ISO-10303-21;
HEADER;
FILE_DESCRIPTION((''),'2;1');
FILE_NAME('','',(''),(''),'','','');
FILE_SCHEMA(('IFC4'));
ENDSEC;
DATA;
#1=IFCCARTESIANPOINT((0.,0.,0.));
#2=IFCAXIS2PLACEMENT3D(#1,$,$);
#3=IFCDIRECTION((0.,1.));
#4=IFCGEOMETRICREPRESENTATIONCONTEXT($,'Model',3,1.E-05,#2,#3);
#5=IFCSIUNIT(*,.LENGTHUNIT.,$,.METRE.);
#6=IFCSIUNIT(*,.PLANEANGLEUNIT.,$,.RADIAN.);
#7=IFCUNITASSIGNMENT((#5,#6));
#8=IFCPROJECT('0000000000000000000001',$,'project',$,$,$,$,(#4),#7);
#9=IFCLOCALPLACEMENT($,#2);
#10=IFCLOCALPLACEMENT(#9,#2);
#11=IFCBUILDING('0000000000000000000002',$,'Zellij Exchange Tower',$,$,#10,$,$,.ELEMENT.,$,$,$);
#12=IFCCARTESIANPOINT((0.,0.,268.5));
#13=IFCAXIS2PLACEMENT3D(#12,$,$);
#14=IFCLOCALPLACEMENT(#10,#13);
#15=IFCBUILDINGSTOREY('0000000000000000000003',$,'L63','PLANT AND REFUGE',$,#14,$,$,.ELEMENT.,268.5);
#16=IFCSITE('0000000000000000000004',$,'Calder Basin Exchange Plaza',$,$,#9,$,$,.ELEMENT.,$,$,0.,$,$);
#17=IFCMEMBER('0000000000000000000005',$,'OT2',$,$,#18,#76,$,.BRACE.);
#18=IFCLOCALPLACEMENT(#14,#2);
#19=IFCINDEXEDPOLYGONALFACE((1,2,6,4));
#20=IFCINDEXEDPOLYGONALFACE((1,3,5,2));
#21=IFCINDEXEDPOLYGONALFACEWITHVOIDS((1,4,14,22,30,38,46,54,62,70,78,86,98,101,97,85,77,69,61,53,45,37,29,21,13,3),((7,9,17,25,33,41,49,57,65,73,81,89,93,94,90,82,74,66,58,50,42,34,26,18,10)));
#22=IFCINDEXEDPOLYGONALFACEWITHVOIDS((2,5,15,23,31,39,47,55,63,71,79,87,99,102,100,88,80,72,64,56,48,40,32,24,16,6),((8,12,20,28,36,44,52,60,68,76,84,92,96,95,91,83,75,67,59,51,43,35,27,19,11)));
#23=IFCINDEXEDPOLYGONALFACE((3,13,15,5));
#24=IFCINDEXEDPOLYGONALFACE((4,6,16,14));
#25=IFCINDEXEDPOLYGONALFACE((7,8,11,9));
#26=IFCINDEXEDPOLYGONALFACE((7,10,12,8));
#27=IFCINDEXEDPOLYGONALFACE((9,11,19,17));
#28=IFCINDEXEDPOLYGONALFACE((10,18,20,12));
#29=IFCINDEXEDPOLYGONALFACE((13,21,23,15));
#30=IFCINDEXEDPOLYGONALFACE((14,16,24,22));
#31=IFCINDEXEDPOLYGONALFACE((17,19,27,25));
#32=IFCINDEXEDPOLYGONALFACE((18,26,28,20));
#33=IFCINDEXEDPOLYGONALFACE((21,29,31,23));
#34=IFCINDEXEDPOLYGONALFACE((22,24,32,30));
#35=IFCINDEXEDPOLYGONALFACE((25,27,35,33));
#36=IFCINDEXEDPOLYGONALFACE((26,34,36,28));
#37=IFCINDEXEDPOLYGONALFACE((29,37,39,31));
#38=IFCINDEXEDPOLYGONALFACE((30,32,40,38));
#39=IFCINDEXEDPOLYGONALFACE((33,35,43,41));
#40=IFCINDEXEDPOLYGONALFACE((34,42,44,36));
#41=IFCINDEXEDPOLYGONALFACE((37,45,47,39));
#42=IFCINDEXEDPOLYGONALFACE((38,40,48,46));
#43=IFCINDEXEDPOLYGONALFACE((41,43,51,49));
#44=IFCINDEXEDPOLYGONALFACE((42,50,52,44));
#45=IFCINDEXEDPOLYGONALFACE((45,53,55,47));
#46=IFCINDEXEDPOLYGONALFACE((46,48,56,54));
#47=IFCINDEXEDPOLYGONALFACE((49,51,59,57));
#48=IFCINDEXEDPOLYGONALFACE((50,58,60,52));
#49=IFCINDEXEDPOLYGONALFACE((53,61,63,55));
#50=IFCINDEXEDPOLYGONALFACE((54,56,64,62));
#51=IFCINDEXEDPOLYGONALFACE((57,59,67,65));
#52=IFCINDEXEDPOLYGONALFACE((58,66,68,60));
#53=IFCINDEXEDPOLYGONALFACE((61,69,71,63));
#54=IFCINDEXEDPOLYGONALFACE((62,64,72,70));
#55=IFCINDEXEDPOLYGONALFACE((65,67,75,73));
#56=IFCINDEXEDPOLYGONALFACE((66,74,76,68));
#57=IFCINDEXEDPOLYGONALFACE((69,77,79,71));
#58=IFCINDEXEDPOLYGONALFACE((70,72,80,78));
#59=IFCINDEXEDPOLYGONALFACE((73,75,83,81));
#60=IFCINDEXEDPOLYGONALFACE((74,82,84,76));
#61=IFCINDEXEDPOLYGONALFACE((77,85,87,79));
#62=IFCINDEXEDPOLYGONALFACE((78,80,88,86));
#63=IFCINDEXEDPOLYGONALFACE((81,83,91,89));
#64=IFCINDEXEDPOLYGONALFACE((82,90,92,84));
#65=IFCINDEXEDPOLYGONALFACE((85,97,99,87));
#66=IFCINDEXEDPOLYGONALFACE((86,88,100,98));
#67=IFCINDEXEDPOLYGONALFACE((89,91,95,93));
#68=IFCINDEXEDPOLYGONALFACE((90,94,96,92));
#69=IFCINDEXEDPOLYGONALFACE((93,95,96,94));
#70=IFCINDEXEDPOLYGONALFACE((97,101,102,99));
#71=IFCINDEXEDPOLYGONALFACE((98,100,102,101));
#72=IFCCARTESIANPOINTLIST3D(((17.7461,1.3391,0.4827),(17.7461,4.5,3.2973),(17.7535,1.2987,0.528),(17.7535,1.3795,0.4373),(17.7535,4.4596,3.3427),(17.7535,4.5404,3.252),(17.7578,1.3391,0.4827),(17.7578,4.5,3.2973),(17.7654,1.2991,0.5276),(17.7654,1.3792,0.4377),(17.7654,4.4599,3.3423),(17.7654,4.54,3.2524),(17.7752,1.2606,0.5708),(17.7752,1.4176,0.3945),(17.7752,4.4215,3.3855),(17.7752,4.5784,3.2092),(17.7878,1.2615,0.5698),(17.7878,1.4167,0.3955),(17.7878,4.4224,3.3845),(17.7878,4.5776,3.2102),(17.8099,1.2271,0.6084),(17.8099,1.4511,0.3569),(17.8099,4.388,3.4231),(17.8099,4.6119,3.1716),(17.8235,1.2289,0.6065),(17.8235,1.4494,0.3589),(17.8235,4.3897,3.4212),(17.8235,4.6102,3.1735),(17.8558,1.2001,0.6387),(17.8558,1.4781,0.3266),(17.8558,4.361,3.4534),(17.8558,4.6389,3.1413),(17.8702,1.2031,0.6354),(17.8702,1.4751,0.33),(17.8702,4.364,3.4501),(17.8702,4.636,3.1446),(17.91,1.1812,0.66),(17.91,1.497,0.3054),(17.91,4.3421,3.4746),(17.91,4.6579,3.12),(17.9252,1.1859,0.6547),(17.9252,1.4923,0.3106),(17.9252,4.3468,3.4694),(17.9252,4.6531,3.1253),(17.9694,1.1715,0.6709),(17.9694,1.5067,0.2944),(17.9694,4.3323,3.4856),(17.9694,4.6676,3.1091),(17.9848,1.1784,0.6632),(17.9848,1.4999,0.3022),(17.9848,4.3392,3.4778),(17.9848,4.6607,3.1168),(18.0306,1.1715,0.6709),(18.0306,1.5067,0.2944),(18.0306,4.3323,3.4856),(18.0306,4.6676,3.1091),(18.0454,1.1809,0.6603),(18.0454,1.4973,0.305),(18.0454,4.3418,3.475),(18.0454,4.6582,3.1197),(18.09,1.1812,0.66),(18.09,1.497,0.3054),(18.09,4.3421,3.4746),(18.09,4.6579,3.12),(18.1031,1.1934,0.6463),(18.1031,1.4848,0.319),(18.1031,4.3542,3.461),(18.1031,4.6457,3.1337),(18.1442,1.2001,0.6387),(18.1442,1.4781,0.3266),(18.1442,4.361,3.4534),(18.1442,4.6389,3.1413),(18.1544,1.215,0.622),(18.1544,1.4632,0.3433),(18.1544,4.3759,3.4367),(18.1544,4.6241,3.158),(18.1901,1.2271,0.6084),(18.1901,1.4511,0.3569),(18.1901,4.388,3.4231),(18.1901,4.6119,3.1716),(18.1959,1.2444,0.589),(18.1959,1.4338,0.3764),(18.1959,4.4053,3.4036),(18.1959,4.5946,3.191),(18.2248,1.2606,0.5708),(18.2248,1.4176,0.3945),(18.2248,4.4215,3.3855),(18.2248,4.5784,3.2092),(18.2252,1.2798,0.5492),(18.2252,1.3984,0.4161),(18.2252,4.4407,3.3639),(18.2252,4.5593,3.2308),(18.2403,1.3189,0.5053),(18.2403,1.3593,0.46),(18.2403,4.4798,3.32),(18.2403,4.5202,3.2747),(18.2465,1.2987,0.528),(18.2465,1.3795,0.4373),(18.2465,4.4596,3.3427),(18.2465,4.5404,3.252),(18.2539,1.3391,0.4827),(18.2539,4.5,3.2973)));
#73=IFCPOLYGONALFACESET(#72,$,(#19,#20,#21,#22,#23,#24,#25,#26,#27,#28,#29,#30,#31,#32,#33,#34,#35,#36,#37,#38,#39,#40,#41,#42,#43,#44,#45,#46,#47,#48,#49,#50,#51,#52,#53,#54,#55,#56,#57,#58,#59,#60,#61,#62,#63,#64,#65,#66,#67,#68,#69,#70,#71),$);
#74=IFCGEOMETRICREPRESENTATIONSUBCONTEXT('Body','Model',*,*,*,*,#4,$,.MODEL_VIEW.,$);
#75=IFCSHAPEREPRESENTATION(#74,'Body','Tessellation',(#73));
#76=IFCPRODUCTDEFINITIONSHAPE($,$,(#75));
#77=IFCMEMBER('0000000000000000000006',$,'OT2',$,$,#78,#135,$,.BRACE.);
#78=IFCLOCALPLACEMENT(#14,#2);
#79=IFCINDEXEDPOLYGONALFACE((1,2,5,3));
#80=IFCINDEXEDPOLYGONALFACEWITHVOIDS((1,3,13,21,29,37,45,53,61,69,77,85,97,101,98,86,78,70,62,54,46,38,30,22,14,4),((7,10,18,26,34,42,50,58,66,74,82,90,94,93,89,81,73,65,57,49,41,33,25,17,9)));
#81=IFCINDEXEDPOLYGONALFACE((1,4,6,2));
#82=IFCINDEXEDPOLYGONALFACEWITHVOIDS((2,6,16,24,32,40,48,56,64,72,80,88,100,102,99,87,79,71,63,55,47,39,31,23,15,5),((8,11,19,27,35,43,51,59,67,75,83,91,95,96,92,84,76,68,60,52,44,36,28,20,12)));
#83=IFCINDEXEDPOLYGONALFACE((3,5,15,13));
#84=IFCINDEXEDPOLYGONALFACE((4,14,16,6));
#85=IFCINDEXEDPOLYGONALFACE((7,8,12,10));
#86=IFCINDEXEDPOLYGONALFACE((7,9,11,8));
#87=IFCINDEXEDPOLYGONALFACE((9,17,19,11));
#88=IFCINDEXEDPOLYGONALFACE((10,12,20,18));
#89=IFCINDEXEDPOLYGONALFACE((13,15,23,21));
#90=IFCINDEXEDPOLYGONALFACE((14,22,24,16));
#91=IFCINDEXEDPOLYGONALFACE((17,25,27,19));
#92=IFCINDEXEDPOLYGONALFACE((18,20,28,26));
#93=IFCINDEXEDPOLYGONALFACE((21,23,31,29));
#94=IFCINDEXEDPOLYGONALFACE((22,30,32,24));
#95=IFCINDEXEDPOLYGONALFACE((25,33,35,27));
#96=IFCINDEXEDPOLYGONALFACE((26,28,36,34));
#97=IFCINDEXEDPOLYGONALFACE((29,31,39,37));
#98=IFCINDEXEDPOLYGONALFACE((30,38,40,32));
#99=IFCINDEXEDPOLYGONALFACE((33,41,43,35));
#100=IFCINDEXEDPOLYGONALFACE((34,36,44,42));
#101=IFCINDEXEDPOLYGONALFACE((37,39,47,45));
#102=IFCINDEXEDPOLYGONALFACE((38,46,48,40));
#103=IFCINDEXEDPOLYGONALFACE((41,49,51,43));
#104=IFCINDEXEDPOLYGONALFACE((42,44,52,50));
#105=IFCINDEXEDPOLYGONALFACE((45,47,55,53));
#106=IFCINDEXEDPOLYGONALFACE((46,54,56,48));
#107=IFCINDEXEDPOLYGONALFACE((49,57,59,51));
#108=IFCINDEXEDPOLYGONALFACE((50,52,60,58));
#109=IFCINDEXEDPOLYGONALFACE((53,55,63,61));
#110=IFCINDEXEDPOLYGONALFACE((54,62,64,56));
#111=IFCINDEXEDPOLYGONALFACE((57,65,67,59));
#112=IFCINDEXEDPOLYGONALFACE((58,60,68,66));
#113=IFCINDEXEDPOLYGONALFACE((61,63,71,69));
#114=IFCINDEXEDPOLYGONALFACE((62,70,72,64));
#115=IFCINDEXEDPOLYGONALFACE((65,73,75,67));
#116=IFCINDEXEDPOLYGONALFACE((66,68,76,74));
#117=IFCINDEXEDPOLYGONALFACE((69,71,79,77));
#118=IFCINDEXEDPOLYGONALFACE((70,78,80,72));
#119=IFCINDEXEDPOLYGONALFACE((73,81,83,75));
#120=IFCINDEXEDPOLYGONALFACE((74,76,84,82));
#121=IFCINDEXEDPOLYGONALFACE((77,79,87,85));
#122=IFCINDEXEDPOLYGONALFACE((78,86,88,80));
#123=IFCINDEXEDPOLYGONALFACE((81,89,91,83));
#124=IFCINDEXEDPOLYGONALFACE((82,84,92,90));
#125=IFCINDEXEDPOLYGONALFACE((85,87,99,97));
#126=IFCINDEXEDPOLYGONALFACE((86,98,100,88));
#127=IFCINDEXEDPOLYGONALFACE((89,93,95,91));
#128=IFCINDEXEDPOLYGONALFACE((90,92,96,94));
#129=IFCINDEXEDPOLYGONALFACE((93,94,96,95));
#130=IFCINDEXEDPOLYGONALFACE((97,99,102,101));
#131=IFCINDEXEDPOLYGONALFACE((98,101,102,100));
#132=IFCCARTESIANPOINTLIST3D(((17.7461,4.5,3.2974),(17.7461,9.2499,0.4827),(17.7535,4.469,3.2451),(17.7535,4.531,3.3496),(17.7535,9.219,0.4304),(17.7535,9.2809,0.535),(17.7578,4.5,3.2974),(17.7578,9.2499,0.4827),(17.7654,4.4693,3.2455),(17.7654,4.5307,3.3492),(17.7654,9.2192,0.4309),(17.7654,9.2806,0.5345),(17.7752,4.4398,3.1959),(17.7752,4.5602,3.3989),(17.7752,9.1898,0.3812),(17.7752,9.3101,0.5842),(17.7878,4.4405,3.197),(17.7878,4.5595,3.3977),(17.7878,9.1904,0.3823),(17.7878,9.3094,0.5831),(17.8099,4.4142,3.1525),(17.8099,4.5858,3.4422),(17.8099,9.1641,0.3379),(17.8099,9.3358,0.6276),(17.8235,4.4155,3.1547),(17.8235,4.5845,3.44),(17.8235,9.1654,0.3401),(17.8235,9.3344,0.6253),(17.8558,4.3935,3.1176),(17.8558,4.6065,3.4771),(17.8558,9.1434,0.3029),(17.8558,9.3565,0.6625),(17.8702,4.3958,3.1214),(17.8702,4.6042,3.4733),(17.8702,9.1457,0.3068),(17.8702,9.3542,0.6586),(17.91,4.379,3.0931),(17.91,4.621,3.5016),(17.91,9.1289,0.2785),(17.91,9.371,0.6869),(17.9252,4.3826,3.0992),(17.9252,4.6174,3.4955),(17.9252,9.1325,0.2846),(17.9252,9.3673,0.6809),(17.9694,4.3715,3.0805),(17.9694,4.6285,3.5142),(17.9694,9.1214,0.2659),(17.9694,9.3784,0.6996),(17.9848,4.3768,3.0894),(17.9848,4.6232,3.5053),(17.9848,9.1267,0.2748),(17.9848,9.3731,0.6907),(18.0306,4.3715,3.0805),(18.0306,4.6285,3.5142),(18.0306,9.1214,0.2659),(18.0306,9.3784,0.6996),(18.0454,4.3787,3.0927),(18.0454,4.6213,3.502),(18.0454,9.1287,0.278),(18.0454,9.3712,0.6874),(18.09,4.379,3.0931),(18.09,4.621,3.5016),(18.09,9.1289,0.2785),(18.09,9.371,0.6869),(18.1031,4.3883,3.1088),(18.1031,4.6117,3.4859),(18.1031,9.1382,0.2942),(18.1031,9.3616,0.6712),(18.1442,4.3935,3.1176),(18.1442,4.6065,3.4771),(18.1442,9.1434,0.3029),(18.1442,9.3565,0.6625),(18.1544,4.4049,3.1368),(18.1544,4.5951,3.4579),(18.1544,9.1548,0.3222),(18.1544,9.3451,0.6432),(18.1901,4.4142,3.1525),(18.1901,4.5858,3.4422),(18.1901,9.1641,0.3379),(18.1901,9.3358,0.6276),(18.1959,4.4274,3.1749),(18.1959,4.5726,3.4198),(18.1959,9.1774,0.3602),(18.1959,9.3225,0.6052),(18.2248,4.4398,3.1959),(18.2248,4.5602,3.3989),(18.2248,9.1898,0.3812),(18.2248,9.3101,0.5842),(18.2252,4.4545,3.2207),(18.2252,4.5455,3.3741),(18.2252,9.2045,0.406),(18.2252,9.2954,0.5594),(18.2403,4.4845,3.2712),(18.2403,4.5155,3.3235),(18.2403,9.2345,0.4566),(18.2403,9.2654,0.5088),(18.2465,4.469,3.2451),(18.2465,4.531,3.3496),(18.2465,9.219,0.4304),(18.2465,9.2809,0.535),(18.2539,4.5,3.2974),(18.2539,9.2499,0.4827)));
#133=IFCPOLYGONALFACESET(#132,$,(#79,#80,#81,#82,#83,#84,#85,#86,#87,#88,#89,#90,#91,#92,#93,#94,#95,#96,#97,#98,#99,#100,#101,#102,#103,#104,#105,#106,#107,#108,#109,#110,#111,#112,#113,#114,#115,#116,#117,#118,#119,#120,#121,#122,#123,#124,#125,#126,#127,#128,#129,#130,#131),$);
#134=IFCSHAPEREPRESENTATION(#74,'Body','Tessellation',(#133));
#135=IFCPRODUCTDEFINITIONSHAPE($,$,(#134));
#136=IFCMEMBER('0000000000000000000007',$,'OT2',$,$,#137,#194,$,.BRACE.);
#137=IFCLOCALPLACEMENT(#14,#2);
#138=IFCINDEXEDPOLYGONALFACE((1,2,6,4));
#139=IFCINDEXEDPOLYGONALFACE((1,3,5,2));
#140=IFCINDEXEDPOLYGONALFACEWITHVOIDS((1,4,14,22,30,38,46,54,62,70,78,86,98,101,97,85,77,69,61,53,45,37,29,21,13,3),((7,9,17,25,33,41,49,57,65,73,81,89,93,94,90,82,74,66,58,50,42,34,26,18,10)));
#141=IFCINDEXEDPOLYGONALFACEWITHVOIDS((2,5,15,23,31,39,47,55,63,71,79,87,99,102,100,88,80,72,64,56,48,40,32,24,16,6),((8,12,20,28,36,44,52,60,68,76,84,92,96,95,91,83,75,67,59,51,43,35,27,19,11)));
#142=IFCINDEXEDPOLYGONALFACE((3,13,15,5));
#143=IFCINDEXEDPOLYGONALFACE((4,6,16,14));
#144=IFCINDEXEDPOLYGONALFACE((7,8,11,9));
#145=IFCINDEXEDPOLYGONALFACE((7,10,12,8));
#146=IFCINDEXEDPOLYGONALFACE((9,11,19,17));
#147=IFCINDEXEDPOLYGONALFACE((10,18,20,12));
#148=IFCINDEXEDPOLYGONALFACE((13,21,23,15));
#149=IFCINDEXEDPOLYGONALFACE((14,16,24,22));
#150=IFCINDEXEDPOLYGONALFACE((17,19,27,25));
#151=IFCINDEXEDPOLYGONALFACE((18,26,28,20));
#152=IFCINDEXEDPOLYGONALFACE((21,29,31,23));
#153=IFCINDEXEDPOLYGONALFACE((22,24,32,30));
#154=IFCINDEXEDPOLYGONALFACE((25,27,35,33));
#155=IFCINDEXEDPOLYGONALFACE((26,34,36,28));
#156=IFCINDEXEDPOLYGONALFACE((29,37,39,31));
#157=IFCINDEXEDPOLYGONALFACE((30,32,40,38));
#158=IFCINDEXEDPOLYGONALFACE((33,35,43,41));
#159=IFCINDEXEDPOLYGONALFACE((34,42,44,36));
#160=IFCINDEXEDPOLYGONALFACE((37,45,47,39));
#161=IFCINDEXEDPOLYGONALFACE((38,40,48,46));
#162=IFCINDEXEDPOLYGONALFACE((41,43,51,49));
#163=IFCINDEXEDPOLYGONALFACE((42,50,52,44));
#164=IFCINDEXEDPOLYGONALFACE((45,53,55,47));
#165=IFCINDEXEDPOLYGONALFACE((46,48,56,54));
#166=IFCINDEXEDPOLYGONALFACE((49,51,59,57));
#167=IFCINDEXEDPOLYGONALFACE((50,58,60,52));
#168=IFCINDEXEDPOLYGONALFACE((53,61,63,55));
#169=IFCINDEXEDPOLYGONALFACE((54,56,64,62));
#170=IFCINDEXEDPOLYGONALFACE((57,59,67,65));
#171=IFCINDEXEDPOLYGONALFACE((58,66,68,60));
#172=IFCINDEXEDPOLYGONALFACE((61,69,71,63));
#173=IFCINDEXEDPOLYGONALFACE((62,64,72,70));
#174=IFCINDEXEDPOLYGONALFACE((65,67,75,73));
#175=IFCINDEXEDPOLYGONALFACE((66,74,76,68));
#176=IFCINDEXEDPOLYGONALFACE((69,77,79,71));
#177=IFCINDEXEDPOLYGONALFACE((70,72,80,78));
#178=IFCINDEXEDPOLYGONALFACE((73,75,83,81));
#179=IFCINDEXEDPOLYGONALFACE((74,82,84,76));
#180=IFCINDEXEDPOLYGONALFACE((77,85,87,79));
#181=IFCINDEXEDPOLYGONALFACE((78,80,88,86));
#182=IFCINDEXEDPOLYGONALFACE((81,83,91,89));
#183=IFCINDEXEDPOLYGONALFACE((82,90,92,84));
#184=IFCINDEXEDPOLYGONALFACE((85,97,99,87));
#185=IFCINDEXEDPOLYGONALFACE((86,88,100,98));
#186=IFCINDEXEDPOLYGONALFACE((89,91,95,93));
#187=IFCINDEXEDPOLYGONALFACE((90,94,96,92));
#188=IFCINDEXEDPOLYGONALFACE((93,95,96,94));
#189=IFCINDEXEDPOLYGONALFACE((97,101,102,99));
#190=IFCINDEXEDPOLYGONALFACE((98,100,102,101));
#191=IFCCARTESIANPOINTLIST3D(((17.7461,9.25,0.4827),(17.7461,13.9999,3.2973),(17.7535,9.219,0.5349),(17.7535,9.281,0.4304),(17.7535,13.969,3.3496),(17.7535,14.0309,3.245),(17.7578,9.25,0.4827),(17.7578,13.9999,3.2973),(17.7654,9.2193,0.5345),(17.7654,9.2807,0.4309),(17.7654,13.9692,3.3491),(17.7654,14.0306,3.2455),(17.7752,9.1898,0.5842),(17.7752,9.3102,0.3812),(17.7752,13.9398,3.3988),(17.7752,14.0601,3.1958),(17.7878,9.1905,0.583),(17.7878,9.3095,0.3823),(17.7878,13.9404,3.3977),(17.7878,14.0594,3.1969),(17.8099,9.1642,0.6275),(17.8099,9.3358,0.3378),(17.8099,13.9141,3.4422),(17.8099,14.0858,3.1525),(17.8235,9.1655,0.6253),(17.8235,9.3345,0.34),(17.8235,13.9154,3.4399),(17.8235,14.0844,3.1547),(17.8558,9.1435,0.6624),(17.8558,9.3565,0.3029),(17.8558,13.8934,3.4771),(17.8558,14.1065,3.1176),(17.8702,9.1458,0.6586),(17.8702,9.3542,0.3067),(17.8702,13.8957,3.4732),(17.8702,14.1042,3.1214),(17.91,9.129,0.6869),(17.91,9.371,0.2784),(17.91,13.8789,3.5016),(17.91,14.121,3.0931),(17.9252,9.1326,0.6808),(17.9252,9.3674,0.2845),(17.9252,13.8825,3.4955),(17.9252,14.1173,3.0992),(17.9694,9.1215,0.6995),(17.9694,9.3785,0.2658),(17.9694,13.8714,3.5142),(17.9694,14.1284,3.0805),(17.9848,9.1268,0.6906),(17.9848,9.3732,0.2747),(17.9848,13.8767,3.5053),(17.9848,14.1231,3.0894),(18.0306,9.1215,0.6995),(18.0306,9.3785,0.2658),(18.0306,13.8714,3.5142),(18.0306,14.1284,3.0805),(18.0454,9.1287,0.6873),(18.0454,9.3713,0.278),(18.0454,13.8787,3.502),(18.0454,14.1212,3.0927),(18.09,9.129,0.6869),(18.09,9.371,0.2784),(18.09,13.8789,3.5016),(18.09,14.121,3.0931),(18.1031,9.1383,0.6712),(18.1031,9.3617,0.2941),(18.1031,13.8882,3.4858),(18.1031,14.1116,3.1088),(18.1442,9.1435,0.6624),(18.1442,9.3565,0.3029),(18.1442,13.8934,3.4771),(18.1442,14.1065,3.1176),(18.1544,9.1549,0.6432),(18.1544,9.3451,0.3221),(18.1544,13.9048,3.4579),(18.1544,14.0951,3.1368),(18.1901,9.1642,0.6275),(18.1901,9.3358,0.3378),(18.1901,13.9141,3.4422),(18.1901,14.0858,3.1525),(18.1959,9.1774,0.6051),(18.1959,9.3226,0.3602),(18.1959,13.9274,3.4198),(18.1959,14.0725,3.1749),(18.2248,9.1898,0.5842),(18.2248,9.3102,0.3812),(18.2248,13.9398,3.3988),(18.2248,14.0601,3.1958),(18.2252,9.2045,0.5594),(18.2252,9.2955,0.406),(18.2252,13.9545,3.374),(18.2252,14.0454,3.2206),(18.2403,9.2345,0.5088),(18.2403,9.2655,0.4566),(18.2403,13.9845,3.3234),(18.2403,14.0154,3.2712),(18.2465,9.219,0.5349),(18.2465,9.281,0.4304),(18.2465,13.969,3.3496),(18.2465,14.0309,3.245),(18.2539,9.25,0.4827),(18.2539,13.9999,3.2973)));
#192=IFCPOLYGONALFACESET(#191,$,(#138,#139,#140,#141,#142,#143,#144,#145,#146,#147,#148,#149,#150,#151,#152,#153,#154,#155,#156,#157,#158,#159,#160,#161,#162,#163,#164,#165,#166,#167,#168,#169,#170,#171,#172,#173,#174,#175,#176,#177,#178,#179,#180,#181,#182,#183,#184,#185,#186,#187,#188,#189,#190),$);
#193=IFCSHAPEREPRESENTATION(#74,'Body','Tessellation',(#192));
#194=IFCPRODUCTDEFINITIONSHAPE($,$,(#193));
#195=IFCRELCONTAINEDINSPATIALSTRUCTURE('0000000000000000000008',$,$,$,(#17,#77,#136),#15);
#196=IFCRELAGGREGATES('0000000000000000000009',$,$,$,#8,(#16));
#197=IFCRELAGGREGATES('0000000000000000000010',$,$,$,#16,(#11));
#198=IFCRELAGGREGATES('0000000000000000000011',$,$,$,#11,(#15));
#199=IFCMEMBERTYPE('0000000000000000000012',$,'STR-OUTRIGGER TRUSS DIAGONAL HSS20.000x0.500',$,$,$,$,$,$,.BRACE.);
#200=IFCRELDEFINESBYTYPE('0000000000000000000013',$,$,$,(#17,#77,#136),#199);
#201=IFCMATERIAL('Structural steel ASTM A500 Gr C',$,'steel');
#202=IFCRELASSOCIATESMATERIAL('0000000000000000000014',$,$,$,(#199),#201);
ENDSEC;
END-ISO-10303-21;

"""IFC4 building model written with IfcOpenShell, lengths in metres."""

from ifc_helpers import new_model, si_unit, direction, frame, origin, origin_2d, place, context, subcontext, project, spatial, hollow_circle, extrude, material, material_profile, profile_set, type_object, element, save


model = new_model("IFC4")

# Units and contexts
model_context = context("Model", 3, precision=1e-05, world=origin(), true_north=direction((0.0, 1.0)))
body_context = subcontext(model_context, "Body", "Model", "MODEL_VIEW")
ifc_project = project(units=[si_unit("LENGTHUNIT", "METRE"), si_unit("PLANEANGLEUNIT", "RADIAN")], contexts=[model_context])

# Site, building, storey
site_placement = place(None, origin())
site = spatial("IfcSite", under=ifc_project, at=site_placement, Name="Calder Basin Exchange Plaza", CompositionType="ELEMENT", RefElevation=0.0)
building_placement = place(site_placement, origin())
building = spatial("IfcBuilding", under=site, at=building_placement, Name="Zellij Exchange Tower", CompositionType="ELEMENT")
storey_placement = place(building_placement, frame((0.0, 0.0, 268.5)))
storey = spatial("IfcBuildingStorey", under=building, at=storey_placement, Name="L63", Description="PLANT AND REFUGE", CompositionType="ELEMENT", Elevation=268.5)

# Members
ifc_material_1 = material(Name="Structural steel ASTM A500 Gr C", Category="steel")
ifc_material_profile_1 = material_profile(ifc_material_1, hollow_circle(Radius=0.2539, WallThickness=0.0117, at=origin_2d()), Name="STR-OUTRIGGER TRUSS DIAGONAL HSS20.000x0.500")
ifc_profile_set_1 = profile_set([ifc_material_profile_1], Name="Structural steel ASTM A500 Gr C")
member_type_1 = type_object("IfcMemberType", Name="STR-OUTRIGGER TRUSS DIAGONAL HSS20.000x0.500", PredefinedType="BRACE", material=ifc_profile_set_1)
member_1_placement = place(storey_placement, frame((18.0, 1.3391, 0.4827), z_axis=(0.0, 0.74682, 0.665026), x_axis=(-1.0, 0.0, 0.0)))
element("IfcMember", 1, at=member_1_placement, inside=storey, type_object=member_type_1, Name="OT2", PredefinedType="BRACE", context=body_context, shape_type="SweptSolid", body=[
    extrude(hollow_circle(Radius=0.2539, WallThickness=0.0117, at=origin_2d()), origin(), (0.0, 0.0, 1.0), 4.2324),
])
for number, where, z_axis, x_axis, name in (
    (2, (18.0, 4.5, 3.2974), (0.0, 0.860301, -0.509787), (-1.0, 0.0, 0.0), "OT2"),
    (3, (18.0, 9.25, 0.4827), (0.0, 0.860301, 0.509787), (-1.0, 0.0, 0.0), "OT2"),
):
    element("IfcMember", number, at=place(storey_placement, frame(where, z_axis=z_axis, x_axis=x_axis)), inside=storey, type_object=member_type_1, Name=name, PredefinedType="BRACE", context=body_context, shape_type="SweptSolid", body=[
        extrude(hollow_circle(Radius=0.2539, WallThickness=0.0117, at=origin_2d()), origin(), (0.0, 0.0, 1.0), 5.5212),
    ])

save(model, "model.ifc")
